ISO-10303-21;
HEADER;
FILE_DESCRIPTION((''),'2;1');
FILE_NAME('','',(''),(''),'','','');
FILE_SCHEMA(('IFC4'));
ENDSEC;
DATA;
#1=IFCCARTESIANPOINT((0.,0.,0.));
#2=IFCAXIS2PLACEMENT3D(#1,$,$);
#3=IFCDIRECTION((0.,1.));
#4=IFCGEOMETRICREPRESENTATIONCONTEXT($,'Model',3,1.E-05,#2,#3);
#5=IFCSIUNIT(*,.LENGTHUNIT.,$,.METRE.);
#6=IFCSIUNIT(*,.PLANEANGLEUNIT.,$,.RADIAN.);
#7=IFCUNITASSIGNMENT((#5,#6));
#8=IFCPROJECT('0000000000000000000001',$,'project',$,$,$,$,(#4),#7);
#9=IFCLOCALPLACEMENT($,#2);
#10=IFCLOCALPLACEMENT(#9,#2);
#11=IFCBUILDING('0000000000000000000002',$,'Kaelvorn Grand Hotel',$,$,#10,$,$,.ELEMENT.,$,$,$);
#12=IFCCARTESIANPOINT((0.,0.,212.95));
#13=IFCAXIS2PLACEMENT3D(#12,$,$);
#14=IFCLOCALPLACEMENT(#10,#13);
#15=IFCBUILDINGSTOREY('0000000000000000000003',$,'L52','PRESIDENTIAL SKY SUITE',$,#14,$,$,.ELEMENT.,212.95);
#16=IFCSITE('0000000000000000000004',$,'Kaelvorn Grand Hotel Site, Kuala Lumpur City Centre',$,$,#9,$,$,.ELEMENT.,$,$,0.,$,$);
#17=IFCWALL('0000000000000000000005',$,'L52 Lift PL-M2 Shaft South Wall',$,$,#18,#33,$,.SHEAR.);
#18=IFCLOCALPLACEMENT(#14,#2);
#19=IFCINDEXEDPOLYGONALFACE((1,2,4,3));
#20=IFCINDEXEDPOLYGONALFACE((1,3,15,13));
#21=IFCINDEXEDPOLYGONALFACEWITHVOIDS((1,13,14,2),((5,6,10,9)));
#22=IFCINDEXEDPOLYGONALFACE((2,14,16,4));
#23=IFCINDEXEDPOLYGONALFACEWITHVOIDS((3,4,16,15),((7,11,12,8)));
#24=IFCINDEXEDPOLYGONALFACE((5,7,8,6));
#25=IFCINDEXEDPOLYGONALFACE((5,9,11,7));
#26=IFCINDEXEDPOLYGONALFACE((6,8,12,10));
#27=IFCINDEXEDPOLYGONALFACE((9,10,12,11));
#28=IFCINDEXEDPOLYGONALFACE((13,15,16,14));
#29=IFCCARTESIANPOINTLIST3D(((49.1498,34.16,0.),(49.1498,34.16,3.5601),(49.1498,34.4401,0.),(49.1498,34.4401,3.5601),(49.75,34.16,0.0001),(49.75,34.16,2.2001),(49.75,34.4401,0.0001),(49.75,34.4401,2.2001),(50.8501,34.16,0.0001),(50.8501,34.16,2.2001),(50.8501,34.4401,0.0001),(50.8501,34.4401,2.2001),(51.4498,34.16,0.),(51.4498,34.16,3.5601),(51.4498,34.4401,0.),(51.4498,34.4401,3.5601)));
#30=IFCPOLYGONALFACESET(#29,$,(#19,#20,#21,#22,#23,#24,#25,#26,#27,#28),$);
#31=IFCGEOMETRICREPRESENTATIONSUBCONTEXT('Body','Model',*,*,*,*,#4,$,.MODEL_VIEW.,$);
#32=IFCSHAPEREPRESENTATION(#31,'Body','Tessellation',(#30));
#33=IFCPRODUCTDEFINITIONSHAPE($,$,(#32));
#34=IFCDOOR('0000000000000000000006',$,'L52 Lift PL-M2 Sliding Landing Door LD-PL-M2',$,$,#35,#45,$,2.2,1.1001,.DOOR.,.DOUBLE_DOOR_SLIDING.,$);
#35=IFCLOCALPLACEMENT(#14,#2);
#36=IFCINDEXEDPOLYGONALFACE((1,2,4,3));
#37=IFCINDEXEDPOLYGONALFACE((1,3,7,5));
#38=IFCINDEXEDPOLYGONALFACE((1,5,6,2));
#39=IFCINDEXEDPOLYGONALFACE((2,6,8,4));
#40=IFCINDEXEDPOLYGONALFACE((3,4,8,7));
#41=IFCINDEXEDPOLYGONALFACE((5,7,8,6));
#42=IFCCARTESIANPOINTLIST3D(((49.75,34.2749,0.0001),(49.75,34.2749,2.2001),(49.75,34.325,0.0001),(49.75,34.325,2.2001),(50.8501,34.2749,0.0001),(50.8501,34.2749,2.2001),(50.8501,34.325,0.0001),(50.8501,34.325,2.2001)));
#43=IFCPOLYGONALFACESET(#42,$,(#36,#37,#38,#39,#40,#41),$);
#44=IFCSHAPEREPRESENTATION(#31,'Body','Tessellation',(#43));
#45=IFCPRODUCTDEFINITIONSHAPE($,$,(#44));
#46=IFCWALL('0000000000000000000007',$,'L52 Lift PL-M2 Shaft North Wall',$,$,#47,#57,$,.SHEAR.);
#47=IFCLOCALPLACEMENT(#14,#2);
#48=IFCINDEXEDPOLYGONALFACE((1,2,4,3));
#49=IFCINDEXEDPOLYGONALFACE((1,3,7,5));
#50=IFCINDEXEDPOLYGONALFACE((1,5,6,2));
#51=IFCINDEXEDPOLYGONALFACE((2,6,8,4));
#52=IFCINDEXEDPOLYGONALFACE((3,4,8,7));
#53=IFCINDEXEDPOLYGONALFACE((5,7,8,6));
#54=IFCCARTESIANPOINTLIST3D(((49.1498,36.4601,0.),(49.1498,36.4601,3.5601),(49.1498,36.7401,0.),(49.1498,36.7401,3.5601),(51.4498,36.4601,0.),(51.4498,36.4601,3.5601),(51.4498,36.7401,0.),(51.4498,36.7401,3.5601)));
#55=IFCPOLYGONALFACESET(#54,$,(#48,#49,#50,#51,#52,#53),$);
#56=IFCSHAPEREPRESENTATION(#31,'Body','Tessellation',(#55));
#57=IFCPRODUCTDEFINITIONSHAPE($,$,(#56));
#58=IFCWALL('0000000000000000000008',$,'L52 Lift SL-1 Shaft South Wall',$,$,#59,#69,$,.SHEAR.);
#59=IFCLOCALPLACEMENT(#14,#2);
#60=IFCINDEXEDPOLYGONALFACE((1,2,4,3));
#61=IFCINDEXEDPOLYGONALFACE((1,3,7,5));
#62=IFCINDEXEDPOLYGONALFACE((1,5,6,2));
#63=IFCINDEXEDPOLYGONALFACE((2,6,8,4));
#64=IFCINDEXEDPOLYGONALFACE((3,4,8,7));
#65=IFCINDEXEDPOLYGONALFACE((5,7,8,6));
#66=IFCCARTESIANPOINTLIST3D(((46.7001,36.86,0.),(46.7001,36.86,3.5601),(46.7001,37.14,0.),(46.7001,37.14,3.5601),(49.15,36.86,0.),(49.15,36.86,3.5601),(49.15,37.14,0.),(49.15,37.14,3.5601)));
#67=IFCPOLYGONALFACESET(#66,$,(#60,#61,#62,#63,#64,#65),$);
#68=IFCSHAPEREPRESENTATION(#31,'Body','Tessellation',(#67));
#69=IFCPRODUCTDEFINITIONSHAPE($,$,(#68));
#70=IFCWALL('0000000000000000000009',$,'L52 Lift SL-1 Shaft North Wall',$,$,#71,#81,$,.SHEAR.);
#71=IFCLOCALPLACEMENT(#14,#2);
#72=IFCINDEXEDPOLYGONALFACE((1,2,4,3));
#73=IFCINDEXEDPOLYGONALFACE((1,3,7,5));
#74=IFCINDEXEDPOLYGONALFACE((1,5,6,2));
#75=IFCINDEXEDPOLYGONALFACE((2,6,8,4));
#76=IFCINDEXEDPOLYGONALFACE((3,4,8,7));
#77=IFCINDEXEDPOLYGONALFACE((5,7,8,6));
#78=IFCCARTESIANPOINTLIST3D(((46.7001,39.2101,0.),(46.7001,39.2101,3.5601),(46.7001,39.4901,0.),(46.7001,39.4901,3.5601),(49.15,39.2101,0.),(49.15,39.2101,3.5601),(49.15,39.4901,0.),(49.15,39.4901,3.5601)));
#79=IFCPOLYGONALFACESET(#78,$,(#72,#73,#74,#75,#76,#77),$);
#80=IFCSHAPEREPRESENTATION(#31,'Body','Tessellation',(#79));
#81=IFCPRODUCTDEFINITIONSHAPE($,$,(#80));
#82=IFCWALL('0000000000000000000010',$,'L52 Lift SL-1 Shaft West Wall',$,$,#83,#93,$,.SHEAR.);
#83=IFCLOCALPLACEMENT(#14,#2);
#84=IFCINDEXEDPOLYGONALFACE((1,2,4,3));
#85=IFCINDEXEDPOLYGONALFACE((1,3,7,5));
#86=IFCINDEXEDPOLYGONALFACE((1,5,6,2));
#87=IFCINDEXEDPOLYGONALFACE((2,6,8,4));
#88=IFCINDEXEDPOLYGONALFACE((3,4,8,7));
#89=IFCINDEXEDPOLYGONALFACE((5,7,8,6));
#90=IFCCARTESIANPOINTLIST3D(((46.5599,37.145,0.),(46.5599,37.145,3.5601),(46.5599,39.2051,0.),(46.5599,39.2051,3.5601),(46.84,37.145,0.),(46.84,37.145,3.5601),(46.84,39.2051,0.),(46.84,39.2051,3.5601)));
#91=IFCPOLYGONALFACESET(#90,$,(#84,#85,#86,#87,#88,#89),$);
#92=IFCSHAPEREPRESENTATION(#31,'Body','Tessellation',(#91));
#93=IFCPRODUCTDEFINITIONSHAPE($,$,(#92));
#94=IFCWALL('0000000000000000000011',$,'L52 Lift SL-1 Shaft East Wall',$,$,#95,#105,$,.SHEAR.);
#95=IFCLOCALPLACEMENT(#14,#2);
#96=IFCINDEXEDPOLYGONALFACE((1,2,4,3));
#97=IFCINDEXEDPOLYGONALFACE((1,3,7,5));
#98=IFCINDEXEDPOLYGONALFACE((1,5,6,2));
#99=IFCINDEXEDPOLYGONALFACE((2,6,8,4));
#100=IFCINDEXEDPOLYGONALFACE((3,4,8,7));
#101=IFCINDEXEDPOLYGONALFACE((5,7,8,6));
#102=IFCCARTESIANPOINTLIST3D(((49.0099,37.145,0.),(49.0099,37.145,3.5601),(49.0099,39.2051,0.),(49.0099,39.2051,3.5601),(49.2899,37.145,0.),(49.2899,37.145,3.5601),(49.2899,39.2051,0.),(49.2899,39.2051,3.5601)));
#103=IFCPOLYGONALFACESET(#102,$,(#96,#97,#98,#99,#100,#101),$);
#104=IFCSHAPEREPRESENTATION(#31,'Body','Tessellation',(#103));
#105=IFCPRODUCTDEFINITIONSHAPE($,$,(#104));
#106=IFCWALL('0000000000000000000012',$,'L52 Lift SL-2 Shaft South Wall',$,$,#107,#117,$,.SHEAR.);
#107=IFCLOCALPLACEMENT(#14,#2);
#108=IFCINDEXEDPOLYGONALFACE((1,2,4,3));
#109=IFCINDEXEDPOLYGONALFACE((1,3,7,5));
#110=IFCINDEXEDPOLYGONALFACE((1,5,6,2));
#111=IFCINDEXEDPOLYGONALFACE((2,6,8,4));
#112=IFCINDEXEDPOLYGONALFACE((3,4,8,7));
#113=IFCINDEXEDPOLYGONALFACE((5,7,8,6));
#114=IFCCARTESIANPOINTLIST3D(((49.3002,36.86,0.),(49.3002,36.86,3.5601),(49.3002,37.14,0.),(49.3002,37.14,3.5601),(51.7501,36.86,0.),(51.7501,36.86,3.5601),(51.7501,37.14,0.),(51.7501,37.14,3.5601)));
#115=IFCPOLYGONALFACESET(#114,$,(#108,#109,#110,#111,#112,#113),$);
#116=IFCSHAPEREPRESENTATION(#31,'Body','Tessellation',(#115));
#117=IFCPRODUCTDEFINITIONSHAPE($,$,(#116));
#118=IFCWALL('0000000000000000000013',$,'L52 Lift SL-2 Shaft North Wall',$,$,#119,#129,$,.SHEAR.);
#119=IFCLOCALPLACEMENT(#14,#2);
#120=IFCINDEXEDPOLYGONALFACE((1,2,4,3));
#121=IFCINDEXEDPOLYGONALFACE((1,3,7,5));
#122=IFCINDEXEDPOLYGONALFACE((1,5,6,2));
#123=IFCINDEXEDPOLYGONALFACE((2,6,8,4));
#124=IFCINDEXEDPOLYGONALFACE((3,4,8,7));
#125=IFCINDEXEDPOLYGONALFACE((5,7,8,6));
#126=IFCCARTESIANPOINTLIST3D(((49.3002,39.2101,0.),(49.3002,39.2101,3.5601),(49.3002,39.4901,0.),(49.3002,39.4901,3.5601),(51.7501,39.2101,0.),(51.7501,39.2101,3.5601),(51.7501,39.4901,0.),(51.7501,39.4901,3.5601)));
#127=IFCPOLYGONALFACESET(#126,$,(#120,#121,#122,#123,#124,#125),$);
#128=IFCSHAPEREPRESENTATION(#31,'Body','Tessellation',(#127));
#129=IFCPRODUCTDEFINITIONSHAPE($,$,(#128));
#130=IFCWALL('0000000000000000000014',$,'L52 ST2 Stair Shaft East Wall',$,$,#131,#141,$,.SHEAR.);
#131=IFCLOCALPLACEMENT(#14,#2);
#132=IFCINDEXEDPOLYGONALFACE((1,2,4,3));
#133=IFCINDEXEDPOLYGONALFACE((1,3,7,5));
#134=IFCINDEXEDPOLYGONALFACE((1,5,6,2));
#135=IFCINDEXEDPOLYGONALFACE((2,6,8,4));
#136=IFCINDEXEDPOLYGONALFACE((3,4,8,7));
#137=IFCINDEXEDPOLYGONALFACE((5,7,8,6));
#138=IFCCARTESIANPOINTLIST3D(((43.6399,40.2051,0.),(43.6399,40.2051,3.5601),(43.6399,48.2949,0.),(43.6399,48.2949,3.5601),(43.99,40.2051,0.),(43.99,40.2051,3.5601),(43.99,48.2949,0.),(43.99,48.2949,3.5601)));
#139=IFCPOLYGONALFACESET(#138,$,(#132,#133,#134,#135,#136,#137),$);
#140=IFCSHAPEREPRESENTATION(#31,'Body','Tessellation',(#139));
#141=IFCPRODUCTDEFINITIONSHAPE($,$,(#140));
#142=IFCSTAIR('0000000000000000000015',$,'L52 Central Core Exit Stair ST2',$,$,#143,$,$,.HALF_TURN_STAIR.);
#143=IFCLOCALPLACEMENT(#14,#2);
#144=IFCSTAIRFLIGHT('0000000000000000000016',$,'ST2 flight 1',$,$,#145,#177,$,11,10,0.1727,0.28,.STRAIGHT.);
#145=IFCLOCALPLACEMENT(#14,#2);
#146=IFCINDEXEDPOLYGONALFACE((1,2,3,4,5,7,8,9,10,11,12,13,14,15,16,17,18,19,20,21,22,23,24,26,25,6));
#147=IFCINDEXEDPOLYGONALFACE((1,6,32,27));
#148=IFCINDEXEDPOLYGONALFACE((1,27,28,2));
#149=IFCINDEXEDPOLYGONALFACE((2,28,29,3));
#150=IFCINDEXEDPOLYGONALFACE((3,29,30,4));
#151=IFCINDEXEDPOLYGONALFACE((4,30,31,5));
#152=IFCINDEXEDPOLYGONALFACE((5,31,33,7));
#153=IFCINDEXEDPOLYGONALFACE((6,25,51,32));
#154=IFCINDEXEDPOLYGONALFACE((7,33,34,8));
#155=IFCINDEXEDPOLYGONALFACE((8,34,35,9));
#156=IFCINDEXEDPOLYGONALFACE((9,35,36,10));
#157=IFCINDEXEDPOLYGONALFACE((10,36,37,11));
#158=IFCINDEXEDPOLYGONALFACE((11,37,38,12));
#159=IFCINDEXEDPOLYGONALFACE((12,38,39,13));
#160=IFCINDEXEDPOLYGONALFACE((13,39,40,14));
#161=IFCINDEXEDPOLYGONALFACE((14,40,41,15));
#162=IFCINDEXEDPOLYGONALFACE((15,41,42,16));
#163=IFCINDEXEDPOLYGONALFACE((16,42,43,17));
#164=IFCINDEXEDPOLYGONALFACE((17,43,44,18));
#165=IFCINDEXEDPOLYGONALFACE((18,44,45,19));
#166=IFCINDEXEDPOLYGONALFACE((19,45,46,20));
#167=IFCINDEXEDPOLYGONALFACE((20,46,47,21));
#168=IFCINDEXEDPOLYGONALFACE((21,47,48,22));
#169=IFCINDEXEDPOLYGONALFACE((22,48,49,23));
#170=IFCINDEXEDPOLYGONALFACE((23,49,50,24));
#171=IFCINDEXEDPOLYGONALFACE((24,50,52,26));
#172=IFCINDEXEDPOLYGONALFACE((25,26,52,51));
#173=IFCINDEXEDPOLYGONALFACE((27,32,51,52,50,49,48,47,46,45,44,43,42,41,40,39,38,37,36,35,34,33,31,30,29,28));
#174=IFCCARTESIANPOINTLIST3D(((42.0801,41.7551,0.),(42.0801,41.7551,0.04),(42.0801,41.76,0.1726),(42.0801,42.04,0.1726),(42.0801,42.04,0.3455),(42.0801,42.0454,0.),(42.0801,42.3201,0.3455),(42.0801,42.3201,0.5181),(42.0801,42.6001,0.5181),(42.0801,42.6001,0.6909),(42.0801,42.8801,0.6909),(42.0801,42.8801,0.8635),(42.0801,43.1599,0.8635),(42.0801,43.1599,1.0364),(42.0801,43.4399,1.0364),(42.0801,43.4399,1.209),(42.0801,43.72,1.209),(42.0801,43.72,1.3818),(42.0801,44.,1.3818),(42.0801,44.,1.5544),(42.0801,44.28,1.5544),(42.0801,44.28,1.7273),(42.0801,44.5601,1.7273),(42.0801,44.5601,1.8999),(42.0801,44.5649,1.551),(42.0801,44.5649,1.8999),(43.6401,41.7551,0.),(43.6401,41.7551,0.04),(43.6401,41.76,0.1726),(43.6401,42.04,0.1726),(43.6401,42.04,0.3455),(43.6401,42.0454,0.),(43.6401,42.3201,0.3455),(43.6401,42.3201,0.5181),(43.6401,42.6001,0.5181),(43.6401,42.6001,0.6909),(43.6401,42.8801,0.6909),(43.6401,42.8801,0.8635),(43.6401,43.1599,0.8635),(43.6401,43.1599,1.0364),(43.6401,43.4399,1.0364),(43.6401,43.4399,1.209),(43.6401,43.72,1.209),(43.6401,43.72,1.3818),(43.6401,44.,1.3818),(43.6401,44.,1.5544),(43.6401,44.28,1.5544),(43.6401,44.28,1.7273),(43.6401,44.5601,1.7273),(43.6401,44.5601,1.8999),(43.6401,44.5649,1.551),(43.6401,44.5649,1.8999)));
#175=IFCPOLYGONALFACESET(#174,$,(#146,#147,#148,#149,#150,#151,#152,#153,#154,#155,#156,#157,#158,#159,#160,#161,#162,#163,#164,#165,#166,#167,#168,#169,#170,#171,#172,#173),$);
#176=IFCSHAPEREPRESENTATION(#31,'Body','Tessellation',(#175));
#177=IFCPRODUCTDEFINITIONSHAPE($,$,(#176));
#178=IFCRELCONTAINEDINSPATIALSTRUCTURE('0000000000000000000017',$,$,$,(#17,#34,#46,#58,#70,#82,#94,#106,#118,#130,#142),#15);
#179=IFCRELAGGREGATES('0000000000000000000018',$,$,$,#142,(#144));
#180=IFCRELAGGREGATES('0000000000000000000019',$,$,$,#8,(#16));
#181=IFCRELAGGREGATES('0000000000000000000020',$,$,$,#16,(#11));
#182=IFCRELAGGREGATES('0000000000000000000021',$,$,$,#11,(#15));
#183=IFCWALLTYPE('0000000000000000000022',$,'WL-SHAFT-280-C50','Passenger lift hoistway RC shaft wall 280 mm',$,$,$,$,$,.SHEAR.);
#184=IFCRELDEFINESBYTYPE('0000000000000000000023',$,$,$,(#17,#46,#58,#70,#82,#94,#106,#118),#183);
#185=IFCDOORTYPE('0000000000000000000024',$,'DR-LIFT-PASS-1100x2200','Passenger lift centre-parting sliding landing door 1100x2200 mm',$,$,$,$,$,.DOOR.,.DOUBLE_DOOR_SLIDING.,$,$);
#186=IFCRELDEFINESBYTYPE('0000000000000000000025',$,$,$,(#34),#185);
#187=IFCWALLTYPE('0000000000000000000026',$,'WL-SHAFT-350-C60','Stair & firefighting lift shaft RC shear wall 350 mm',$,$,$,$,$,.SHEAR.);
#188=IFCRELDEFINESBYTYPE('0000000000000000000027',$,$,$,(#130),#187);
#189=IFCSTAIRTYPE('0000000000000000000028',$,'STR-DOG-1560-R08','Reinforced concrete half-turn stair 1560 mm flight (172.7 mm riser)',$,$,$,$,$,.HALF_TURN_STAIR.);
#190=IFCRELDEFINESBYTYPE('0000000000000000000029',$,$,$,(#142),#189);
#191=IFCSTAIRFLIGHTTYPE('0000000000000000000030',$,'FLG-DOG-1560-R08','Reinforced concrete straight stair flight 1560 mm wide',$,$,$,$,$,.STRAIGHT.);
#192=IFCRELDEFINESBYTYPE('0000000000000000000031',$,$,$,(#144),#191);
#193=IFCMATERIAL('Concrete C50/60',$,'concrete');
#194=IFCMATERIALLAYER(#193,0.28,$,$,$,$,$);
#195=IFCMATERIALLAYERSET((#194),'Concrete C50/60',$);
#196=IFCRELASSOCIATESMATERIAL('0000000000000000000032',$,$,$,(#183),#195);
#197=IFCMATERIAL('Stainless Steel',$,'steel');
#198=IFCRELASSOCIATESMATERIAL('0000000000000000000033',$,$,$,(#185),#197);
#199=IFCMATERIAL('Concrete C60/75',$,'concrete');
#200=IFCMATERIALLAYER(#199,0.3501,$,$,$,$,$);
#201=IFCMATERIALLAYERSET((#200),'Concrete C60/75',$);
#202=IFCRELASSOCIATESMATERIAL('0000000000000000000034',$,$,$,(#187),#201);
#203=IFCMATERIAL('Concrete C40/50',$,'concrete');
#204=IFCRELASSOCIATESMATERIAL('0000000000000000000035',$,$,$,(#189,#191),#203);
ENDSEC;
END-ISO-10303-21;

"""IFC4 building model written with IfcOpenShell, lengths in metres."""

from ifc_helpers import new_model, si_unit, direction, frame, frame_2d, origin, place, context, subcontext, project, spatial, polyline, rectangle, outline, extrude, material, layer, layer_set, type_object, element, fill, aggregate, save


model = new_model("IFC4")

# Units and contexts
model_context = context("Model", 3, precision=1e-05, world=origin(), true_north=direction((0.0, 1.0)))
body_context = subcontext(model_context, "Body", "Model", "MODEL_VIEW")
ifc_project = project(units=[si_unit("LENGTHUNIT", "METRE"), si_unit("PLANEANGLEUNIT", "RADIAN")], contexts=[model_context])

# Site, building, storey
site_placement = place(None, origin())
site = spatial("IfcSite", under=ifc_project, at=site_placement, Name="Kaelvorn Grand Hotel Site, Kuala Lumpur City Centre", CompositionType="ELEMENT", RefElevation=0.0)
building_placement = place(site_placement, origin())
building = spatial("IfcBuilding", under=site, at=building_placement, Name="Kaelvorn Grand Hotel", CompositionType="ELEMENT")
storey_placement = place(building_placement, frame((0.0, 0.0, 212.95)))
storey = spatial("IfcBuildingStorey", under=building, at=storey_placement, Name="L52", Description="PRESIDENTIAL SKY SUITE", CompositionType="ELEMENT", Elevation=212.95)

# Shared definitions
ifc_material_1 = material(Name="Concrete C60/75", Category="concrete")

# Shared definitions
ifc_material_2 = material(Name="Concrete C50/60", Category="concrete")

# Shared definitions
ifc_material_3 = material(Name="Concrete C40/50", Category="concrete")

# Shared definitions
ifc_layer_1 = layer(ifc_material_2, 0.28)
ifc_layer_set_1 = layer_set([ifc_layer_1], Name="Concrete C50/60")
wall_type_1 = type_object("IfcWallType", Name="WL-SHAFT-280-C50", Description="Passenger lift hoistway RC shaft wall 280 mm", PredefinedType="SHEAR", material=ifc_layer_set_1)
ifc_material_4 = material(Name="Stainless Steel", Category="steel")
door_type_1 = type_object("IfcDoorType", Name="DR-LIFT-PASS-1100x2200", Description="Passenger lift centre-parting sliding landing door 1100x2200 mm", OperationType="DOUBLE_DOOR_SLIDING", PredefinedType="DOOR", material=ifc_material_4)

# Wall, opening, door
wall_1_placement = place(storey_placement, frame((49.1499, 34.3, 0.0), z_axis=(0.0, 0.0, 1.0), x_axis=(1.0, 0.0, 0.0)))
wall_1 = element("IfcWall", 1, at=wall_1_placement, inside=storey, type_object=wall_type_1, Name="L52 Lift PL-M2 Shaft South Wall", PredefinedType="SHEAR", context=body_context, shape_type="SweptSolid", body=[
    extrude(rectangle(XDim=2.3, YDim=0.28, at=frame_2d((1.1499, 0.0))), origin(), (0.0, 0.0, 1.0), 3.5601),
])
opening_1_placement = place(wall_1_placement, frame((0.6001, 0.0, 0.0)))
opening_1 = element("IfcOpeningElement", 2, at=opening_1_placement, cuts=wall_1, PredefinedType="OPENING", context=body_context, shape_type="SweptSolid", body=[
    extrude(rectangle(XDim=1.1001, YDim=2.2, at=frame_2d((0.55, 1.1001))), frame((0.0, 0.1499, 0.0), z_axis=(0.0, -1.0, 0.0), x_axis=(1.0, 0.0, 0.0)), (0.0, 0.0, 1.0), 0.3),
])
door_1_placement = place(opening_1_placement, origin())
door_1 = element("IfcDoor", 3, at=door_1_placement, inside=storey, type_object=door_type_1, Name="L52 Lift PL-M2 Sliding Landing Door LD-PL-M2", OperationType="DOUBLE_DOOR_SLIDING", OverallHeight=2.2, OverallWidth=1.1001, PredefinedType="DOOR", context=body_context, shape_type="SweptSolid", body=[
    extrude(rectangle(XDim=1.1001, YDim=2.2, at=frame_2d((0.55, 1.1001))), frame((0.0, 0.0249, 0.0), z_axis=(0.0, -1.0, 0.0), x_axis=(1.0, 0.0, 0.0)), (0.0, 0.0, 1.0), 0.05),
])
fill(opening_1, door_1)

# Walls
wall_2_placement = place(storey_placement, frame((49.1499, 36.6001, 0.0), z_axis=(0.0, 0.0, 1.0), x_axis=(1.0, 0.0, 0.0)))
element("IfcWall", 4, at=wall_2_placement, inside=storey, type_object=wall_type_1, Name="L52 Lift PL-M2 Shaft North Wall", PredefinedType="SHEAR", context=body_context, shape_type="SweptSolid", body=[
    extrude(rectangle(XDim=2.3, YDim=0.28, at=frame_2d((1.1499, 0.0))), origin(), (0.0, 0.0, 1.0), 3.5601),
])
for number, where, z_axis, x_axis, name in (
    (5, (46.7, 37.0, 0.0), (0.0, 0.0, 1.0), (1.0, 0.0, 0.0), "L52 Lift SL-1 Shaft South Wall"),
    (6, (46.7, 39.3501, 0.0), (0.0, 0.0, 1.0), (1.0, 0.0, 0.0), "L52 Lift SL-1 Shaft North Wall"),
):
    element("IfcWall", number, at=place(storey_placement, frame(where, z_axis=z_axis, x_axis=x_axis)), inside=storey, type_object=wall_type_1, Name=name, PredefinedType="SHEAR", context=body_context, shape_type="SweptSolid", body=[
        extrude(rectangle(XDim=2.45, YDim=0.28, at=frame_2d((1.2251, 0.0))), origin(), (0.0, 0.0, 1.0), 3.5601),
    ])
for number, where, z_axis, x_axis, name in (
    (7, (46.7, 37.145, 0.0), (0.0, 0.0, 1.0), (0.0, 1.0, 0.0), "L52 Lift SL-1 Shaft West Wall"),
    (8, (49.1499, 37.145, 0.0), (0.0, 0.0, 1.0), (0.0, 1.0, 0.0), "L52 Lift SL-1 Shaft East Wall"),
):
    element("IfcWall", number, at=place(storey_placement, frame(where, z_axis=z_axis, x_axis=x_axis)), inside=storey, type_object=wall_type_1, Name=name, PredefinedType="SHEAR", context=body_context, shape_type="SweptSolid", body=[
        extrude(rectangle(XDim=2.0601, YDim=0.28, at=frame_2d((1.03, 0.0))), origin(), (0.0, 0.0, 1.0), 3.5601),
    ])
for number, where, z_axis, x_axis, name in (
    (9, (49.3, 37.0, 0.0), (0.0, 0.0, 1.0), (1.0, 0.0, 0.0), "L52 Lift SL-2 Shaft South Wall"),
    (10, (49.3, 39.3501, 0.0), (0.0, 0.0, 1.0), (1.0, 0.0, 0.0), "L52 Lift SL-2 Shaft North Wall"),
):
    element("IfcWall", number, at=place(storey_placement, frame(where, z_axis=z_axis, x_axis=x_axis)), inside=storey, type_object=wall_type_1, Name=name, PredefinedType="SHEAR", context=body_context, shape_type="SweptSolid", body=[
        extrude(rectangle(XDim=2.45, YDim=0.28, at=frame_2d((1.2251, 0.0))), origin(), (0.0, 0.0, 1.0), 3.5601),
    ])
ifc_layer_2 = layer(ifc_material_1, 0.3501)
ifc_layer_set_2 = layer_set([ifc_layer_2], Name="Concrete C60/75")
wall_type_2 = type_object("IfcWallType", Name="WL-SHAFT-350-C60", Description="Stair & firefighting lift shaft RC shear wall 350 mm", PredefinedType="SHEAR", material=ifc_layer_set_2)
wall_3_placement = place(storey_placement, frame((43.8149, 40.2051, 0.0), z_axis=(0.0, 0.0, 1.0), x_axis=(0.0, 1.0, 0.0)))
element("IfcWall", 11, at=wall_3_placement, inside=storey, type_object=wall_type_2, Name="L52 ST2 Stair Shaft East Wall", PredefinedType="SHEAR", context=body_context, shape_type="SweptSolid", body=[
    extrude(rectangle(XDim=8.0898, YDim=0.3501, at=frame_2d((4.0449, 0.0))), origin(), (0.0, 0.0, 1.0), 3.5601),
])

# Stair, stair flight
stair_type = type_object("IfcStairType", Name="STR-DOG-1560-R08", Description="Reinforced concrete half-turn stair 1560 mm flight (172.7 mm riser)", PredefinedType="HALF_TURN_STAIR", material=ifc_material_3)
stair_placement = place(storey_placement, origin())
stair = element("IfcStair", 12, at=stair_placement, inside=storey, type_object=stair_type, Name="L52 Central Core Exit Stair ST2", PredefinedType="HALF_TURN_STAIR")
stair_flight_type = type_object("IfcStairFlightType", Name="FLG-DOG-1560-R08", Description="Reinforced concrete straight stair flight 1560 mm wide", PredefinedType="STRAIGHT", material=ifc_material_3)
stair_flight_placement = place(storey_placement, frame((42.8601, 41.76, 0.0), z_axis=(0.0, 0.0, 1.0), x_axis=(0.0, 1.0, 0.0)))
stair_flight = element("IfcStairFlight", 13, at=stair_flight_placement, type_object=stair_flight_type, Name="ST2 flight 1", NumberOfRisers=11, NumberOfTreads=10, PredefinedType="STRAIGHT", RiserHeight=0.1727, TreadLength=0.28, context=body_context, shape_type="SweptSolid", body=[
    extrude(outline(polyline([(-0.0049, 0.0), (-0.0049, 0.04), (0.0, 0.1726), (0.28, 0.1726), (0.28, 0.3455), (0.5601, 0.3455), (0.5601, 0.5181), (0.8401, 0.5181), (0.8401, 0.6909), (1.1201, 0.6909), (1.1201, 0.8635), (1.3999, 0.8635), (1.3999, 1.0364), (1.6799, 1.0364), (1.6799, 1.209), (1.96, 1.209), (1.96, 1.3818), (2.24, 1.3818), (2.24, 1.5544), (2.52, 1.5544), (2.52, 1.7273), (2.8, 1.7273), (2.8, 1.8999), (2.8049, 1.8999), (2.8049, 1.551), (0.2854, 0.0), (-0.0049, 0.0)])), frame((0.0, 0.78, 0.0), z_axis=(0.0, -1.0, 0.0), x_axis=(1.0, 0.0, 0.0)), (0.0, 0.0, 1.0), 1.5601),
])
aggregate(stair, [stair_flight])

save(model, "model.ifc")
